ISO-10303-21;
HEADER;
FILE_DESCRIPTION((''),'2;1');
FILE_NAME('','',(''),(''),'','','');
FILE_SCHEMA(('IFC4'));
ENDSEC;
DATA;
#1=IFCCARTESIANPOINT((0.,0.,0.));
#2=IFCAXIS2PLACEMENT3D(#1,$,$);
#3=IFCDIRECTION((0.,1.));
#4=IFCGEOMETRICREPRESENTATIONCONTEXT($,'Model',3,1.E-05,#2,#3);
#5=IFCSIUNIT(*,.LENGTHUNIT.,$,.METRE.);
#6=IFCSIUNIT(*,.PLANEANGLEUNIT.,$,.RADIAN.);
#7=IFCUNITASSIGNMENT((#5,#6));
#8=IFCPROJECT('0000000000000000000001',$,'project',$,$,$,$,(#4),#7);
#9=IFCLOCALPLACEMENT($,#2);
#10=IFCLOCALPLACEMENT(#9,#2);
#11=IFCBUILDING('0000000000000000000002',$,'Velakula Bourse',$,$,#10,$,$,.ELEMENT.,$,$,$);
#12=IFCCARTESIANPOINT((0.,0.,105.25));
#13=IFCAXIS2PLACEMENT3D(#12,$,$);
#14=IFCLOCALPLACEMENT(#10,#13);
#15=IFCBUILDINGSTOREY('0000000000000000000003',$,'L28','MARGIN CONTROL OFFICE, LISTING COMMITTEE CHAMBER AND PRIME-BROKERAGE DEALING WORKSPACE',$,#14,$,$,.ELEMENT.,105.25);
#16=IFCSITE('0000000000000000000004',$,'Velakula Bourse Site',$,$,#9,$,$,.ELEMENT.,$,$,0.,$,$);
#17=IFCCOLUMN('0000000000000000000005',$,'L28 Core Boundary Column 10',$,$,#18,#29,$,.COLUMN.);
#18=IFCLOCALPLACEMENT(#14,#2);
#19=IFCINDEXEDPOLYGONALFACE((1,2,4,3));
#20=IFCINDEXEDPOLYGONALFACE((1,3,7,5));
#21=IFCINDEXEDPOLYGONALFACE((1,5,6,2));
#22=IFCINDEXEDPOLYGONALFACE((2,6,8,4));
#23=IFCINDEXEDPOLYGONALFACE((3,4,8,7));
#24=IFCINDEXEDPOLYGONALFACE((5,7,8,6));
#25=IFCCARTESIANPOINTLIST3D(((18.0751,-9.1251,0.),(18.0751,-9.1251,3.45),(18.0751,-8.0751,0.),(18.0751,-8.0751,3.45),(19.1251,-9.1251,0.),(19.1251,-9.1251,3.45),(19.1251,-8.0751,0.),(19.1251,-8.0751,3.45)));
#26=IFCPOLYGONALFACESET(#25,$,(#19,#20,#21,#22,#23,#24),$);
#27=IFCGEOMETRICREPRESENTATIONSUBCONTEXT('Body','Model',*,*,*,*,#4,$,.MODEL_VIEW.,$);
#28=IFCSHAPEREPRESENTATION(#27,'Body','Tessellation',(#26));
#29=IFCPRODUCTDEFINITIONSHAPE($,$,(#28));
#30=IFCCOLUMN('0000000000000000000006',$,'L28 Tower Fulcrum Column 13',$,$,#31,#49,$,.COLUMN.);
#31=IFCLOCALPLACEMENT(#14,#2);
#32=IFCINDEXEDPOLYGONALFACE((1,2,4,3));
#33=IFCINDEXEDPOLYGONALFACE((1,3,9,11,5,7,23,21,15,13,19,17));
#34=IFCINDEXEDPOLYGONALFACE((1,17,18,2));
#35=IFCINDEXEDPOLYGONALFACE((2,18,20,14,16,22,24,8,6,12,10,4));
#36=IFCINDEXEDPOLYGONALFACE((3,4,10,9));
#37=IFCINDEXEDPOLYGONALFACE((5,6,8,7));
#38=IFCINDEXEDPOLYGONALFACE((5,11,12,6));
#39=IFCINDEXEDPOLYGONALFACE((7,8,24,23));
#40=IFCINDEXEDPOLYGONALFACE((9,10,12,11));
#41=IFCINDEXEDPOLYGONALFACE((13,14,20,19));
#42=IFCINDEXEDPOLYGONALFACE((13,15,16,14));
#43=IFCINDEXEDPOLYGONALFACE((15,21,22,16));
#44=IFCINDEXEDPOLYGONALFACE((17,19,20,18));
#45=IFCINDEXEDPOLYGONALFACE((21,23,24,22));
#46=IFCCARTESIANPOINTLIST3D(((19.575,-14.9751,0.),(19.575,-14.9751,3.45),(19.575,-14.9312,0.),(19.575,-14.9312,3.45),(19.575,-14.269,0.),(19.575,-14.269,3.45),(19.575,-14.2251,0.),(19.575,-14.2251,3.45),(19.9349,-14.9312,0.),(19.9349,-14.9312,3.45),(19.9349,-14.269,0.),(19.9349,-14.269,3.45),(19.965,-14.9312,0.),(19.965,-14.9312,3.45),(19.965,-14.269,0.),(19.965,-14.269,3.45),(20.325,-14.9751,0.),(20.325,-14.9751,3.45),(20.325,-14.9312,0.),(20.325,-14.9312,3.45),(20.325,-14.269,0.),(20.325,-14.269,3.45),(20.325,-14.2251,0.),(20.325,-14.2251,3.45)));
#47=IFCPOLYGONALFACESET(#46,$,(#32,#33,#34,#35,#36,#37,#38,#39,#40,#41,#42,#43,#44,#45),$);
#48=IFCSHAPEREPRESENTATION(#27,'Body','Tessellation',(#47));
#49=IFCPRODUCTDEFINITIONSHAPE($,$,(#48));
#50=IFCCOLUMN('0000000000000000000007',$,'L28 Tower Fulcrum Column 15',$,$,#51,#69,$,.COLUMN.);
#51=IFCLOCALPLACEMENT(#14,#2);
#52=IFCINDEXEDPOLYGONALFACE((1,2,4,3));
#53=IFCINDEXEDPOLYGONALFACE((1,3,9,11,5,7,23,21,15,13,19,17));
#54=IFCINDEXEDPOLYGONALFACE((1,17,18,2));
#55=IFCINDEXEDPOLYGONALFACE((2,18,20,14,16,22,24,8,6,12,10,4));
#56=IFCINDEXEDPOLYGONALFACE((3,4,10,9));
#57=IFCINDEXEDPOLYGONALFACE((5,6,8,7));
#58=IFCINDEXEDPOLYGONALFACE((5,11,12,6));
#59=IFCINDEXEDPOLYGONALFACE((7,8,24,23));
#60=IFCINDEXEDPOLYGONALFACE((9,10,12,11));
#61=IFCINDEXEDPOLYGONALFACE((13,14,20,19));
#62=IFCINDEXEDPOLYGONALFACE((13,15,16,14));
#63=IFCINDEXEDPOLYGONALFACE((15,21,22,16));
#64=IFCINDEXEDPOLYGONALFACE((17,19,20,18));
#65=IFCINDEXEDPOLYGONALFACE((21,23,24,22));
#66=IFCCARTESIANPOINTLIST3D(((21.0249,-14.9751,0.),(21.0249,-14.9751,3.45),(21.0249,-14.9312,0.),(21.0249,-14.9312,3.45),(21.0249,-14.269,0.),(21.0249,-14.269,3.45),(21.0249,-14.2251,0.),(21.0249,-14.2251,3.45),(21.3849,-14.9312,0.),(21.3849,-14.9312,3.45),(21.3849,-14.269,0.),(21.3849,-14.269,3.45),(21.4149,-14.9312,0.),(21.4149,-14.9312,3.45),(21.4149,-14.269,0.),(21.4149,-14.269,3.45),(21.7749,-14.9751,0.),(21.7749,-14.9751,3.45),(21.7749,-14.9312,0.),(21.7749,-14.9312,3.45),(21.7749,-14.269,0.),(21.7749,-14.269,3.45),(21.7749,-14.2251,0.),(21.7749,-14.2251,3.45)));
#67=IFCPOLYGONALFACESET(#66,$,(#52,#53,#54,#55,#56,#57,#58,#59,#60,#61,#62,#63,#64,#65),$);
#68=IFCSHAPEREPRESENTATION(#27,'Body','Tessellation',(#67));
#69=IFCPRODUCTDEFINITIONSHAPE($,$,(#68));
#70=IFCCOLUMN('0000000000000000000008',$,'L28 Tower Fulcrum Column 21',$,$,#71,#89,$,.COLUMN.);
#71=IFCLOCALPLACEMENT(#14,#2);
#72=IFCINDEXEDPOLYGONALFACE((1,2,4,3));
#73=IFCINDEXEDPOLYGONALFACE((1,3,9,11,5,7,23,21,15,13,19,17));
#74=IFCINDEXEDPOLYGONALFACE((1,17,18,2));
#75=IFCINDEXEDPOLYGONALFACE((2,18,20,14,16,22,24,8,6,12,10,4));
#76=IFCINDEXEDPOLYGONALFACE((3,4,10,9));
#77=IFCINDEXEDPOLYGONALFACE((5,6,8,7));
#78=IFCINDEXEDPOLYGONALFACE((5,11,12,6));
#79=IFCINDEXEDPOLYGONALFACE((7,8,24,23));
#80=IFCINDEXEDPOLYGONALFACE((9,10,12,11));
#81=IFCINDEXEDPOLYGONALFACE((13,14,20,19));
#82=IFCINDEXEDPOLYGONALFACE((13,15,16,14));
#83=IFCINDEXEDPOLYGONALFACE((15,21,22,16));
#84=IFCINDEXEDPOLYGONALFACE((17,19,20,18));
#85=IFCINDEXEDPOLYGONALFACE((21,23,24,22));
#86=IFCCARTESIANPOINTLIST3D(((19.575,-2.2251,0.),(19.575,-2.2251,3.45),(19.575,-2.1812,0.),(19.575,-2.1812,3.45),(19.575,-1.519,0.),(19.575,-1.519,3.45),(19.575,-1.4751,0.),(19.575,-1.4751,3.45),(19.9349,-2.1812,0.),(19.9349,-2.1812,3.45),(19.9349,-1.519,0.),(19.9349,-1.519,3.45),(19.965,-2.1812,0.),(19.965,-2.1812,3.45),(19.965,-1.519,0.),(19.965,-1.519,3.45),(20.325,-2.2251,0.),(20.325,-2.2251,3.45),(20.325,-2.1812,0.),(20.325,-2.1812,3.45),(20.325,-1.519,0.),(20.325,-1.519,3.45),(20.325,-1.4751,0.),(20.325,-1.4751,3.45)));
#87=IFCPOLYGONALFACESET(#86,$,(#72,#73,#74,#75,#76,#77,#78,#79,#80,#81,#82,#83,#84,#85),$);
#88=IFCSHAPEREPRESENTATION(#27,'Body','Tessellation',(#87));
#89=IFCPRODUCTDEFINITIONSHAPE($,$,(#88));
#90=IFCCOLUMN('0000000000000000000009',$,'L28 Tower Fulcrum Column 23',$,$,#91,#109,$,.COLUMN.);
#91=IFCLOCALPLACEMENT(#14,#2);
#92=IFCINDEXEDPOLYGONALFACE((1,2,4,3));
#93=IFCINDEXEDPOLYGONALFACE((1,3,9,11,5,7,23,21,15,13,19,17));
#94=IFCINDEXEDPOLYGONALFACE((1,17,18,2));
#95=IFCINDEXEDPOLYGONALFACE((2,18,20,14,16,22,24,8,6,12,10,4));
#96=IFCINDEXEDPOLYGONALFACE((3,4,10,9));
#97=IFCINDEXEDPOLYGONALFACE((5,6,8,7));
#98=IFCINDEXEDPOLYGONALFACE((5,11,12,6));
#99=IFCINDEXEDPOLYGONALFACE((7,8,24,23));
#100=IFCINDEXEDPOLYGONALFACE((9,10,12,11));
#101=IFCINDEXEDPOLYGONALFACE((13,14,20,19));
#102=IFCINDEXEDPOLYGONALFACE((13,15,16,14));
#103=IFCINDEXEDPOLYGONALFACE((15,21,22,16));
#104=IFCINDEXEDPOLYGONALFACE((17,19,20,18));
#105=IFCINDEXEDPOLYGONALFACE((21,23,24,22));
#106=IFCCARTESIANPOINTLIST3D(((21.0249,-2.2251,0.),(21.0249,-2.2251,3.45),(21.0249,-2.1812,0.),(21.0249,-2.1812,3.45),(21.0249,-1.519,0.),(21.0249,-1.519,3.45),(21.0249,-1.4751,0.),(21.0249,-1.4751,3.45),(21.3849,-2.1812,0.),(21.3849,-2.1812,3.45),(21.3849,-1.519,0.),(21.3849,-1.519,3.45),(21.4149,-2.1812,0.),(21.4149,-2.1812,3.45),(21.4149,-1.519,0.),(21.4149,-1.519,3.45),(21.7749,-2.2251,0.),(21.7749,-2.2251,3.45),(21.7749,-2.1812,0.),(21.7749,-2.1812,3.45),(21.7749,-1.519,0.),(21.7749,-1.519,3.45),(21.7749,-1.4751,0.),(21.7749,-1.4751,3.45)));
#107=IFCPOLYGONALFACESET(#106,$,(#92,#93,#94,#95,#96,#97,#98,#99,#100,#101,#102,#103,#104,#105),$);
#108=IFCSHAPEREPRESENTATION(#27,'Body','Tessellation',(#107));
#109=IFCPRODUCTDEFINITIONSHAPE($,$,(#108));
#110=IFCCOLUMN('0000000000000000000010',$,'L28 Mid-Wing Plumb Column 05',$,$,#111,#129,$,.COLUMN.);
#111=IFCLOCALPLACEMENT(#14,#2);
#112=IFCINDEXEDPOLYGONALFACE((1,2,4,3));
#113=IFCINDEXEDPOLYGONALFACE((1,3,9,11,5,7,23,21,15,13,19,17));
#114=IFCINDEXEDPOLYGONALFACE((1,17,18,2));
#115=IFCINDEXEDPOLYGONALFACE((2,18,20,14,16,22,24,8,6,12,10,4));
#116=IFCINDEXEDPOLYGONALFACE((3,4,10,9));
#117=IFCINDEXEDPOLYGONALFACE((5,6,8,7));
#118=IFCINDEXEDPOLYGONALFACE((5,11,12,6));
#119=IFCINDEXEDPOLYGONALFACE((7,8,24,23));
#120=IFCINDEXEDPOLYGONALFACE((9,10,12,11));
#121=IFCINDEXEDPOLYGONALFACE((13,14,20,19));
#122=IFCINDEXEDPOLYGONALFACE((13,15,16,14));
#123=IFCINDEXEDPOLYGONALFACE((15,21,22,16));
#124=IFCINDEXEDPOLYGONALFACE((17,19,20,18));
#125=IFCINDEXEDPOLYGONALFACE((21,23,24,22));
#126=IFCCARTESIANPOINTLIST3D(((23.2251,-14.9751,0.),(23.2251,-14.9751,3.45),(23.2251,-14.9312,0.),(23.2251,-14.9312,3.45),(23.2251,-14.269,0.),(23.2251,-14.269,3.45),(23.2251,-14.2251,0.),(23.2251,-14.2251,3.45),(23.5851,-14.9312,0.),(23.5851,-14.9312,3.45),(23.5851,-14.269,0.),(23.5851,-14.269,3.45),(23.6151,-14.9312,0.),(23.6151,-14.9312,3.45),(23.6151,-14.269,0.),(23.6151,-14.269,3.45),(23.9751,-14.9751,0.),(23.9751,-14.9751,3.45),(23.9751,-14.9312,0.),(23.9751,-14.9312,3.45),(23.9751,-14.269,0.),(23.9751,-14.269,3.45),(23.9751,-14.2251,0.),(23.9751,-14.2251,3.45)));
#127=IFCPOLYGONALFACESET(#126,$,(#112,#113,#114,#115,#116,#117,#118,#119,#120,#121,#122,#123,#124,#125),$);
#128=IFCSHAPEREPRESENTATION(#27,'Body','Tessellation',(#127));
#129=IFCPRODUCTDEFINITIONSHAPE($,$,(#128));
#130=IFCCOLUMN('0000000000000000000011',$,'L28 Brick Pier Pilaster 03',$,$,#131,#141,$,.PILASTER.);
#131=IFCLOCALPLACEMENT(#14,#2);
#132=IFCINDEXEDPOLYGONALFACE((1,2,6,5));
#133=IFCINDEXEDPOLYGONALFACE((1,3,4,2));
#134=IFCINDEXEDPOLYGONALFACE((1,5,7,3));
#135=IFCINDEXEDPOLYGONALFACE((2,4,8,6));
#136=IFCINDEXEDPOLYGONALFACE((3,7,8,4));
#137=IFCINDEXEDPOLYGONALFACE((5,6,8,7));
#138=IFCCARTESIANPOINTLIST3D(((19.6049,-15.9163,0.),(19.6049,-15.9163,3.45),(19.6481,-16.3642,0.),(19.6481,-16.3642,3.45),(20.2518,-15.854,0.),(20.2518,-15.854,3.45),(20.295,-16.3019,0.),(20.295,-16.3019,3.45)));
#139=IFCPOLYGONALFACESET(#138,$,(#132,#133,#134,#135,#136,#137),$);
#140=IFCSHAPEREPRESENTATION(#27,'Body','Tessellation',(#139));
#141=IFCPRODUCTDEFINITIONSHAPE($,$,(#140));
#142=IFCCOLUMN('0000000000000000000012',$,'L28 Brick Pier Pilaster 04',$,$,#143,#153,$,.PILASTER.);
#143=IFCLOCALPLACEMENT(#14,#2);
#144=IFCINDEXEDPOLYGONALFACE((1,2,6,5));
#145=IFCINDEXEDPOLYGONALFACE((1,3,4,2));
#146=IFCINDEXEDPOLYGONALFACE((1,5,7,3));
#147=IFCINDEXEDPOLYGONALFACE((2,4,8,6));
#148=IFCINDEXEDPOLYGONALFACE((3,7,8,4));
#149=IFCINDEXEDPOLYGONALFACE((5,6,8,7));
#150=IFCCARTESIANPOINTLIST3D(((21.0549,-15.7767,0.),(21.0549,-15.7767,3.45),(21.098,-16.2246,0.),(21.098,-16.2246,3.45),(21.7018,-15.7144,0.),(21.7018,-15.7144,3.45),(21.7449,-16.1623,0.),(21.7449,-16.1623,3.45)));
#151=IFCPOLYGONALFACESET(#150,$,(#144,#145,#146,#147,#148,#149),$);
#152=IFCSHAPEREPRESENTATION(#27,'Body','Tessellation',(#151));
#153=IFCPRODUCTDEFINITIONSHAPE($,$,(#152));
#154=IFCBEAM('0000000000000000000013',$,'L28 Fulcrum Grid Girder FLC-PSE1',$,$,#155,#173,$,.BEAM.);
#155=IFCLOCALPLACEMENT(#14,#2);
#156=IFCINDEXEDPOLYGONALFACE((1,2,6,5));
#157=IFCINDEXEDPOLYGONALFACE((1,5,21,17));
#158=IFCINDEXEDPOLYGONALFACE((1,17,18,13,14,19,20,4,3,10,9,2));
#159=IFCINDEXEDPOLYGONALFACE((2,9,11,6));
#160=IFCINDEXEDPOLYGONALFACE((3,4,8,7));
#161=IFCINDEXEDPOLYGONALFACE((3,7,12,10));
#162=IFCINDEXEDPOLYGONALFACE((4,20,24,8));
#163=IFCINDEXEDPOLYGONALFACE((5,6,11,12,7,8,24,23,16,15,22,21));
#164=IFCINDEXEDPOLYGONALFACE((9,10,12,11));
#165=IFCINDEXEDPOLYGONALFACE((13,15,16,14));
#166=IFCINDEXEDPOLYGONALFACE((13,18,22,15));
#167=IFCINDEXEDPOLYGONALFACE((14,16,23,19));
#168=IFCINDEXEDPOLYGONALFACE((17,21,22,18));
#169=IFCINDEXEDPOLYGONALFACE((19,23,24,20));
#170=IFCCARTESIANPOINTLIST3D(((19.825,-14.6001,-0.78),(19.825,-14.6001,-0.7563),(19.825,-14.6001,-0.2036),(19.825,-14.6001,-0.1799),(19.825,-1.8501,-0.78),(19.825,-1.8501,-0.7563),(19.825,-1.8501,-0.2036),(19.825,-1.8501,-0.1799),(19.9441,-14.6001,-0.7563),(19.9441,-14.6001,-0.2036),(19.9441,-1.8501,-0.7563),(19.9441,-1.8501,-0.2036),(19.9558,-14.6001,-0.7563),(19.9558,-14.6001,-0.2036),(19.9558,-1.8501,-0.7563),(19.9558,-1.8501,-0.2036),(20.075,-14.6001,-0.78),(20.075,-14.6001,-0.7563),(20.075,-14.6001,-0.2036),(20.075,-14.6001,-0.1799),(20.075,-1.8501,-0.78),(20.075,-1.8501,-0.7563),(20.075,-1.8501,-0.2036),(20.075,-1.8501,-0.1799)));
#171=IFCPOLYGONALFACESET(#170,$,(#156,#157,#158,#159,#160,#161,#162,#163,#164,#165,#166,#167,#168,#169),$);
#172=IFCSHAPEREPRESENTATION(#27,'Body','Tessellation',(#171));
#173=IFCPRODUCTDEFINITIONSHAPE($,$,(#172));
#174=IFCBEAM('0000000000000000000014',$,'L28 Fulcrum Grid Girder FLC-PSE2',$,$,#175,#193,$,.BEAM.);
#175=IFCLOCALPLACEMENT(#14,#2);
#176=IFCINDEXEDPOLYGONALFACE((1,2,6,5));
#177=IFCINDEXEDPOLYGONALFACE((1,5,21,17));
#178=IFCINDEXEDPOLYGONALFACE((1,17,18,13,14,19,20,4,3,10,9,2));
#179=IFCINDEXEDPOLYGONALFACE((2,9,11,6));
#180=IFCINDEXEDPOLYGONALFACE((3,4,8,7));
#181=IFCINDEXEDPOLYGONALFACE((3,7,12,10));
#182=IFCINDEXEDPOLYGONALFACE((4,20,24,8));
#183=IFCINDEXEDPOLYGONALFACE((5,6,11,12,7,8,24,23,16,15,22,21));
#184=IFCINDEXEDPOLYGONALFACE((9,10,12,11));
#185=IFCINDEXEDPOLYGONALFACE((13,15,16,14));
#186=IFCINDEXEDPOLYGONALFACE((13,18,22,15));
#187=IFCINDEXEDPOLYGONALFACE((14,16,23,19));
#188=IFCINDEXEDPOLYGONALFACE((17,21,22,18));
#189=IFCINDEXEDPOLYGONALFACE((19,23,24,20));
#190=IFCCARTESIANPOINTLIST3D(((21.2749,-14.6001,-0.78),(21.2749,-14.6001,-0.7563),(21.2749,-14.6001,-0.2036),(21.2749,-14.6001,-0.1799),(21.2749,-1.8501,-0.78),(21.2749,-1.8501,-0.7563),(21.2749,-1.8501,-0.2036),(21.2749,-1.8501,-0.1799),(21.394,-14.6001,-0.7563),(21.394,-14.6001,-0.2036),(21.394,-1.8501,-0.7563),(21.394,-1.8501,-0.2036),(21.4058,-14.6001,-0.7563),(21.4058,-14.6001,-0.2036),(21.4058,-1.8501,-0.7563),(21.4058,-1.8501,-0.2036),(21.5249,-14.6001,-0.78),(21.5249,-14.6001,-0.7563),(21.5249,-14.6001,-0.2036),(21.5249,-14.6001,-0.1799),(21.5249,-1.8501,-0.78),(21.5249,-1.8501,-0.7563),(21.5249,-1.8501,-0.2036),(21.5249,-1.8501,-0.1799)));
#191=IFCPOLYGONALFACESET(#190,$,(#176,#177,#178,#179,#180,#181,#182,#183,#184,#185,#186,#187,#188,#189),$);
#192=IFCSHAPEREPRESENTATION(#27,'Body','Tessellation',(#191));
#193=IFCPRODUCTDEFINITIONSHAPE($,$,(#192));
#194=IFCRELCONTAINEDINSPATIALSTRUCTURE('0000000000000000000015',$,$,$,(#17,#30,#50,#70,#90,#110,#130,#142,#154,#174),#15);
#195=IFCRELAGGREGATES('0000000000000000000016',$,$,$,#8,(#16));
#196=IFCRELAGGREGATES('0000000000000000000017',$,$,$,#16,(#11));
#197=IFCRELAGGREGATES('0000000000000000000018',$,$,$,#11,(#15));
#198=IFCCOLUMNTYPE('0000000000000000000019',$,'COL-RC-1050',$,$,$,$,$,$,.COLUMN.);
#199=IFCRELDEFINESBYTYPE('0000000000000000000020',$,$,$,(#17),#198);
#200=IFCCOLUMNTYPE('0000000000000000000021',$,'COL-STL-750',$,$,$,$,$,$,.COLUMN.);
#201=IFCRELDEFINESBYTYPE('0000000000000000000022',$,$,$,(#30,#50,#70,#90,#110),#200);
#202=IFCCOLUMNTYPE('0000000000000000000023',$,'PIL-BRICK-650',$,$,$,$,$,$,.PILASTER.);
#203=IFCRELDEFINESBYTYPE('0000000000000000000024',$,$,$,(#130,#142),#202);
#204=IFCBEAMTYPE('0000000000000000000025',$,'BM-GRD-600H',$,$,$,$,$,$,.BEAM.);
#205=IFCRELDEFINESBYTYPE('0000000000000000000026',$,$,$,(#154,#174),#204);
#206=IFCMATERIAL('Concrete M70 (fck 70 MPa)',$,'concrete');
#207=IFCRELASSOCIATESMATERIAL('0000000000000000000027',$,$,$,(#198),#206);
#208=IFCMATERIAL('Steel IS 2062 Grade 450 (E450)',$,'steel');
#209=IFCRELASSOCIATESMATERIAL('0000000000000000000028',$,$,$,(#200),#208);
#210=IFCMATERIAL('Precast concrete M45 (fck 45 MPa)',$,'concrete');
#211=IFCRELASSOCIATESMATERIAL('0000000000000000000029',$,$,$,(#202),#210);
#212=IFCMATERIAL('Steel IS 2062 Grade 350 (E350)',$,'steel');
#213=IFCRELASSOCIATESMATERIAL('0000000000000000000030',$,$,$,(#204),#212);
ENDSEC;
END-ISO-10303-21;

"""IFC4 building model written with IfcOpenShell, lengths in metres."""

from ifc_helpers import new_model, si_unit, direction, frame, origin, origin_2d, place, context, subcontext, project, spatial, rectangle, i_section, extrude, material, material_profile, profile_set, type_object, element, save


model = new_model("IFC4")

# Units and contexts
model_context = context("Model", 3, precision=1e-05, world=origin(), true_north=direction((0.0, 1.0)))
body_context = subcontext(model_context, "Body", "Model", "MODEL_VIEW")
ifc_project = project(units=[si_unit("LENGTHUNIT", "METRE"), si_unit("PLANEANGLEUNIT", "RADIAN")], contexts=[model_context])

# Site, building, storey
site_placement = place(None, origin())
site = spatial("IfcSite", under=ifc_project, at=site_placement, Name="Velakula Bourse Site", CompositionType="ELEMENT", RefElevation=0.0)
building_placement = place(site_placement, origin())
building = spatial("IfcBuilding", under=site, at=building_placement, Name="Velakula Bourse", CompositionType="ELEMENT")
storey_placement = place(building_placement, frame((0.0, 0.0, 105.25)))
storey = spatial("IfcBuildingStorey", under=building, at=storey_placement, Name="L28", Description="MARGIN CONTROL OFFICE, LISTING COMMITTEE CHAMBER AND PRIME-BROKERAGE DEALING WORKSPACE", CompositionType="ELEMENT", Elevation=105.25)

# Columns
ifc_material_1 = material(Name="Concrete M70 (fck 70 MPa)", Category="concrete")
ifc_material_profile_1 = material_profile(ifc_material_1, rectangle(XDim=1.05, YDim=1.05, at=origin_2d()), Name="Concrete M70 (fck 70 MPa)")
ifc_profile_set_1 = profile_set([ifc_material_profile_1], Name="Concrete M70 (fck 70 MPa)")
column_type_1 = type_object("IfcColumnType", Name="COL-RC-1050", PredefinedType="COLUMN", material=ifc_profile_set_1)
column_placement = place(storey_placement, frame((18.6001, -8.6001, 0.0), z_axis=(0.0, 0.0, 1.0), x_axis=(1.0, 0.0, 0.0)))
element("IfcColumn", 1, at=column_placement, inside=storey, type_object=column_type_1, Name="L28 Core Boundary Column 10", PredefinedType="COLUMN", context=body_context, shape_type="SweptSolid", body=[
    extrude(rectangle(XDim=1.05, YDim=1.05, at=origin_2d()), origin(), (0.0, 0.0, 1.0), 3.45),
])
ifc_material_2 = material(Name="Steel IS 2062 Grade 450 (E450)", Category="steel")
ifc_material_profile_2 = material_profile(ifc_material_2, i_section(OverallWidth=0.75, OverallDepth=0.75, WebThickness=0.03, FlangeThickness=0.0439, at=origin_2d()), Name="Steel IS 2062 Grade 450 (E450)")
ifc_profile_set_2 = profile_set([ifc_material_profile_2], Name="Steel IS 2062 Grade 450 (E450)")
column_type_2 = type_object("IfcColumnType", Name="COL-STL-750", PredefinedType="COLUMN", material=ifc_profile_set_2)
for number, where, z_axis, x_axis, name in (
    (2, (19.95, -14.6001, 0.0), (0.0, 0.0, 1.0), (1.0, 0.0, 0.0), "L28 Tower Fulcrum Column 13"),
    (3, (21.3999, -14.6001, 0.0), (0.0, 0.0, 1.0), (1.0, 0.0, 0.0), "L28 Tower Fulcrum Column 15"),
    (4, (19.95, -1.8501, 0.0), (0.0, 0.0, 1.0), (1.0, 0.0, 0.0), "L28 Tower Fulcrum Column 21"),
    (5, (21.3999, -1.8501, 0.0), (0.0, 0.0, 1.0), (1.0, 0.0, 0.0), "L28 Tower Fulcrum Column 23"),
    (6, (23.6001, -14.6001, 0.0), (0.0, 0.0, 1.0), (1.0, 0.0, 0.0), "L28 Mid-Wing Plumb Column 05"),
):
    element("IfcColumn", number, at=place(storey_placement, frame(where, z_axis=z_axis, x_axis=x_axis)), inside=storey, type_object=column_type_2, Name=name, PredefinedType="COLUMN", context=body_context, shape_type="SweptSolid", body=[
        extrude(i_section(OverallWidth=0.75, OverallDepth=0.75, WebThickness=0.03, FlangeThickness=0.0439, at=origin_2d()), origin(), (0.0, 0.0, 1.0), 3.45),
    ])
ifc_material_3 = material(Name="Precast concrete M45 (fck 45 MPa)", Category="concrete")
ifc_material_profile_3 = material_profile(ifc_material_3, rectangle(XDim=0.6499, YDim=0.45, at=origin_2d()), Name="Precast concrete M45 (fck 45 MPa)")
ifc_profile_set_3 = profile_set([ifc_material_profile_3], Name="Precast concrete M45 (fck 45 MPa)")
column_type_3 = type_object("IfcColumnType", Name="PIL-BRICK-650", PredefinedType="PILASTER", material=ifc_profile_set_3)
for number, where, z_axis, x_axis, name in (
    (7, (19.95, -16.1091, 0.0), (0.0, 0.0, 1.0), (0.995396, 0.095846, 0.0), "L28 Brick Pier Pilaster 03"),
    (8, (21.3999, -15.9695, 0.0), (0.0, 0.0, 1.0), (0.995396, 0.095846, 0.0), "L28 Brick Pier Pilaster 04"),
):
    element("IfcColumn", number, at=place(storey_placement, frame(where, z_axis=z_axis, x_axis=x_axis)), inside=storey, type_object=column_type_3, Name=name, PredefinedType="PILASTER", context=body_context, shape_type="SweptSolid", body=[
        extrude(rectangle(XDim=0.6499, YDim=0.45, at=origin_2d()), origin(), (0.0, 0.0, 1.0), 3.45),
    ])

# Beams
ifc_material_4 = material(Name="Steel IS 2062 Grade 350 (E350)", Category="steel")
ifc_material_profile_4 = material_profile(ifc_material_4, i_section(OverallWidth=0.25, OverallDepth=0.6001, WebThickness=0.0117, FlangeThickness=0.0237, at=origin_2d()), Name="Steel IS 2062 Grade 350 (E350)")
ifc_profile_set_4 = profile_set([ifc_material_profile_4], Name="Steel IS 2062 Grade 350 (E350)")
beam_type_1 = type_object("IfcBeamType", Name="BM-GRD-600H", PredefinedType="BEAM", material=ifc_profile_set_4)
for number, where, z_axis, x_axis, name in (
    (9, (19.95, -14.6001, -0.48), (0.0, 1.0, 0.0), (-1.0, 0.0, 0.0), "L28 Fulcrum Grid Girder FLC-PSE1"),
    (10, (21.3999, -14.6001, -0.48), (0.0, 1.0, 0.0), (-1.0, 0.0, 0.0), "L28 Fulcrum Grid Girder FLC-PSE2"),
):
    element("IfcBeam", number, at=place(storey_placement, frame(where, z_axis=z_axis, x_axis=x_axis)), inside=storey, type_object=beam_type_1, Name=name, PredefinedType="BEAM", context=body_context, shape_type="SweptSolid", body=[
        extrude(i_section(OverallWidth=0.25, OverallDepth=0.6001, WebThickness=0.0117, FlangeThickness=0.0237, at=origin_2d()), origin(), (0.0, 0.0, 1.0), 12.75),
    ])

save(model, "model.ifc")
